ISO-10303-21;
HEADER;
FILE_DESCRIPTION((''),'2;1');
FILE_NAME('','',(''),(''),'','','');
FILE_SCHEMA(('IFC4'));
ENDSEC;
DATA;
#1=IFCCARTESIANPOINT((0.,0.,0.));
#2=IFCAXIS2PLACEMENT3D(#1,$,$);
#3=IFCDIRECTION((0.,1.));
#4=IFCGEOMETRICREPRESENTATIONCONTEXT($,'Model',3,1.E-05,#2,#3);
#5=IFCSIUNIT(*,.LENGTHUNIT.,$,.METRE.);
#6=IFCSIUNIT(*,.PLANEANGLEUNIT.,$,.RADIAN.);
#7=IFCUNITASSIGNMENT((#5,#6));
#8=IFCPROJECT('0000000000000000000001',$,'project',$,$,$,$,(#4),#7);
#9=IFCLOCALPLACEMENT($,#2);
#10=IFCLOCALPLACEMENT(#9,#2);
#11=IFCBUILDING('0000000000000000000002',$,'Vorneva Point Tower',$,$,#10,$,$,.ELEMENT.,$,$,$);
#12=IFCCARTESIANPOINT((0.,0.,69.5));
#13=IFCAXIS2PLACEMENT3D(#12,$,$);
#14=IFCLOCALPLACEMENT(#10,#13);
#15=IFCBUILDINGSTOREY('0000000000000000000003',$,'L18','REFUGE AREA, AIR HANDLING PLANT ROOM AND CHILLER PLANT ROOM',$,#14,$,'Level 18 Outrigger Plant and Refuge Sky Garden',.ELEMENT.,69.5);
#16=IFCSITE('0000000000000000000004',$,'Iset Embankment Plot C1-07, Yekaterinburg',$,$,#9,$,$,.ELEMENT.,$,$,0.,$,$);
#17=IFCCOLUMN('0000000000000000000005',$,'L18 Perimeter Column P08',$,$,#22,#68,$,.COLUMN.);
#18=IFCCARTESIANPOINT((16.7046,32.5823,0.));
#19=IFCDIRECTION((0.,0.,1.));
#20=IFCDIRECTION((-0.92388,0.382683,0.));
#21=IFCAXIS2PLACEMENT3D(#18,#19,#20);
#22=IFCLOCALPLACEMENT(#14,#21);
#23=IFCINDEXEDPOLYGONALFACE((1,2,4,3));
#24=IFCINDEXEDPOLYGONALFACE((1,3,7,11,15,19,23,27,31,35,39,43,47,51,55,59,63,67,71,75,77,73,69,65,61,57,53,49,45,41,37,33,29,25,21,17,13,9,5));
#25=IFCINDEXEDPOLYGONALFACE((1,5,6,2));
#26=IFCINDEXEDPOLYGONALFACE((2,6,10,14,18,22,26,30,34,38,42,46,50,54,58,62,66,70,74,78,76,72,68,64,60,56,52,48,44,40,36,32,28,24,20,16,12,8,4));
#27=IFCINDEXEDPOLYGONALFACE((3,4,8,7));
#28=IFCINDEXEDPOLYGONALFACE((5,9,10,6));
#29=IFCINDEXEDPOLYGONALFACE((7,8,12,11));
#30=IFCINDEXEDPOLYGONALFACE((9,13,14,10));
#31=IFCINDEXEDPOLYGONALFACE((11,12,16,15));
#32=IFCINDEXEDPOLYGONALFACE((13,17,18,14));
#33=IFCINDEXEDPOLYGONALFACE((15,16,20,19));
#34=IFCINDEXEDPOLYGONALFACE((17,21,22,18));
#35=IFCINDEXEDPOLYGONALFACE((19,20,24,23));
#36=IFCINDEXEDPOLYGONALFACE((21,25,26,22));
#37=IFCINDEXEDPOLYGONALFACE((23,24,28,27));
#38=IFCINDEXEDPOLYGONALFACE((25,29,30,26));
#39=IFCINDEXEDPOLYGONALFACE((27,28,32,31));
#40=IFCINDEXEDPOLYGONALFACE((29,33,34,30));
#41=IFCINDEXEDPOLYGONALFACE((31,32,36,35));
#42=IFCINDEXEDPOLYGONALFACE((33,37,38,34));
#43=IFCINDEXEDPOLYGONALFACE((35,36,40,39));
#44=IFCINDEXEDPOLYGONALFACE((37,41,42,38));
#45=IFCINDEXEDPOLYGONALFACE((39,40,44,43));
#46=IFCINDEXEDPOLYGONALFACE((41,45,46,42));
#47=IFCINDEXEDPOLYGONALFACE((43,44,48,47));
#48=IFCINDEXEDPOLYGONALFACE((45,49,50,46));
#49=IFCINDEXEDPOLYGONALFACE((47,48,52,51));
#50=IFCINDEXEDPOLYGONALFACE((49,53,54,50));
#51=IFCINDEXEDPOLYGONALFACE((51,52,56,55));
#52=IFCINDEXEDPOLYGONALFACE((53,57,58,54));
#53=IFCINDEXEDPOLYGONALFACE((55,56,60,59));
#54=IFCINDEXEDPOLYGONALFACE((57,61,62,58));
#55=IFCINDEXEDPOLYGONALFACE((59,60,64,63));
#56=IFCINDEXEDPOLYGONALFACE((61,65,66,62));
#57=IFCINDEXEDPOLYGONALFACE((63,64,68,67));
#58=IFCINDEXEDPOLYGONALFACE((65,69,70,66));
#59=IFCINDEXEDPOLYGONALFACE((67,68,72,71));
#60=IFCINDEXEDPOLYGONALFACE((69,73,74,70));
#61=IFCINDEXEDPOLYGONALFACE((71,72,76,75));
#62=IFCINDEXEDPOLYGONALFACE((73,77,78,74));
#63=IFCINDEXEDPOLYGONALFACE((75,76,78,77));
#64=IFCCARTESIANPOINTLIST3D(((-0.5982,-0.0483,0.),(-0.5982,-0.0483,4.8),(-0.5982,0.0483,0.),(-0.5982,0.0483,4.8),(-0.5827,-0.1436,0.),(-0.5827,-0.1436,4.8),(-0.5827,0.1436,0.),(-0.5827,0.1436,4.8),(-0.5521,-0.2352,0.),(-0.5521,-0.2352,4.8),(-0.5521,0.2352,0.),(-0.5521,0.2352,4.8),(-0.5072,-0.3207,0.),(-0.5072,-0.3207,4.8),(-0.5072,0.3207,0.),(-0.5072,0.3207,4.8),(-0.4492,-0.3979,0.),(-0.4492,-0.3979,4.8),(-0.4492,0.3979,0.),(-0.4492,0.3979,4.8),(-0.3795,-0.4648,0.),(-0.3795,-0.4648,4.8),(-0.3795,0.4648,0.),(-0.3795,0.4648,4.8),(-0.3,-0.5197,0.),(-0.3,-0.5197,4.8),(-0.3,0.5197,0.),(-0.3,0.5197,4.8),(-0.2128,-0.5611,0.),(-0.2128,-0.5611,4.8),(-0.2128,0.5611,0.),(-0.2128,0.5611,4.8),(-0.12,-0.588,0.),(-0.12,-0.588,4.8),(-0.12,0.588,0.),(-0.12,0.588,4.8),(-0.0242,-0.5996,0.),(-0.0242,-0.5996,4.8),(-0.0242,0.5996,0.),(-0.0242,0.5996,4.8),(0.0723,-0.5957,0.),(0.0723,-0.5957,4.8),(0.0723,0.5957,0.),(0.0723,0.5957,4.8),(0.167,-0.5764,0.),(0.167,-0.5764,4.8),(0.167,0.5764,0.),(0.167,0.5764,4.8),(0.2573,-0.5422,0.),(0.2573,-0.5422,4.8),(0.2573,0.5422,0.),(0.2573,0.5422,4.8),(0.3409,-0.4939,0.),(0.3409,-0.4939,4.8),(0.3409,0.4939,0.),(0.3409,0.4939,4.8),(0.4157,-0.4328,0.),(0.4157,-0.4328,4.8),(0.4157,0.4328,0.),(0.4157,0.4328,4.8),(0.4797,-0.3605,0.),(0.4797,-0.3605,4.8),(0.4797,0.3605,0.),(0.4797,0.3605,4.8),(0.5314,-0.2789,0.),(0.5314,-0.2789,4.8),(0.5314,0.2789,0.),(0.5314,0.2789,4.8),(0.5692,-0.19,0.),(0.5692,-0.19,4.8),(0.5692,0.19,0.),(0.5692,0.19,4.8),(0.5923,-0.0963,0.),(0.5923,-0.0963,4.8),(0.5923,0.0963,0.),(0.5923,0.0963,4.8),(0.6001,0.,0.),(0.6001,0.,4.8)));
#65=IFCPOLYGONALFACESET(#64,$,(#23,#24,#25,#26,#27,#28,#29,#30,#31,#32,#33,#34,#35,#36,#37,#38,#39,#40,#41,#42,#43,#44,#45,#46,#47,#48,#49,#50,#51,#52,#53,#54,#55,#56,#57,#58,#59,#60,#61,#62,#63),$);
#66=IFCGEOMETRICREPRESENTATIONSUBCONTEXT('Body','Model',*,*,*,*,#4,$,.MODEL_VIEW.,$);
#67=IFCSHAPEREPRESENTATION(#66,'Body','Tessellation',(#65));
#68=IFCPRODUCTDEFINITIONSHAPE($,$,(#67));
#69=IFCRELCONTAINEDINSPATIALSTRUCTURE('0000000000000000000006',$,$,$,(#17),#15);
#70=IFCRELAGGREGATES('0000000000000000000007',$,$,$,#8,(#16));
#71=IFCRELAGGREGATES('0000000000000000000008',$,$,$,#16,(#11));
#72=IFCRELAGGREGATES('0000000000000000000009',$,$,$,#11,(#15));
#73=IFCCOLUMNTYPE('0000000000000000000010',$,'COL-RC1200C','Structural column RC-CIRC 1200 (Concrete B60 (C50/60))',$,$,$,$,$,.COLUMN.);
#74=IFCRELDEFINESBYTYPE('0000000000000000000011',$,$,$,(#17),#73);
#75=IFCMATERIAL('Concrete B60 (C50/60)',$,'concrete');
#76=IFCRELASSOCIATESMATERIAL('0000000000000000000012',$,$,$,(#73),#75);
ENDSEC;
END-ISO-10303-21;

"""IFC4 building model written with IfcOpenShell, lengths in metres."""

from ifc_helpers import new_model, si_unit, direction, frame, origin, origin_2d, place, context, subcontext, project, spatial, circle, extrude, material, material_profile, profile_set, type_object, element, save


model = new_model("IFC4")

# Units and contexts
model_context = context("Model", 3, precision=1e-05, world=origin(), true_north=direction((0.0, 1.0)))
body_context = subcontext(model_context, "Body", "Model", "MODEL_VIEW")
ifc_project = project(units=[si_unit("LENGTHUNIT", "METRE"), si_unit("PLANEANGLEUNIT", "RADIAN")], contexts=[model_context])

# Site, building, storey
site_placement = place(None, origin())
site = spatial("IfcSite", under=ifc_project, at=site_placement, Name="Iset Embankment Plot C1-07, Yekaterinburg", CompositionType="ELEMENT", RefElevation=0.0)
building_placement = place(site_placement, origin())
building = spatial("IfcBuilding", under=site, at=building_placement, Name="Vorneva Point Tower", CompositionType="ELEMENT")
storey_placement = place(building_placement, frame((0.0, 0.0, 69.5)))
storey = spatial("IfcBuildingStorey", under=building, at=storey_placement, Name="L18", Description="REFUGE AREA, AIR HANDLING PLANT ROOM AND CHILLER PLANT ROOM", LongName="Level 18 Outrigger Plant and Refuge Sky Garden", CompositionType="ELEMENT", Elevation=69.5)

# Column
ifc_material_1 = material(Name="Concrete B60 (C50/60)", Category="concrete")
ifc_material_profile_1 = material_profile(ifc_material_1, circle(Radius=0.6001, at=origin_2d()), Name="RC-CIRC 1200")
ifc_profile_set_1 = profile_set([ifc_material_profile_1], Name="Concrete B60 (C50/60)")
column_type = type_object("IfcColumnType", Name="COL-RC1200C", Description="Structural column RC-CIRC 1200 (Concrete B60 (C50/60))", PredefinedType="COLUMN", material=ifc_profile_set_1)
column_placement = place(storey_placement, frame((16.7046, 32.5823, 0.0), z_axis=(0.0, 0.0, 1.0), x_axis=(-0.92388, 0.382683, 0.0)))
element("IfcColumn", 1, at=column_placement, inside=storey, type_object=column_type, Name="L18 Perimeter Column P08", PredefinedType="COLUMN", context=body_context, shape_type="SweptSolid", body=[
    extrude(circle(Radius=0.6001, at=origin_2d()), origin(), (0.0, 0.0, 1.0), 4.8),
])

save(model, "model.ifc")
